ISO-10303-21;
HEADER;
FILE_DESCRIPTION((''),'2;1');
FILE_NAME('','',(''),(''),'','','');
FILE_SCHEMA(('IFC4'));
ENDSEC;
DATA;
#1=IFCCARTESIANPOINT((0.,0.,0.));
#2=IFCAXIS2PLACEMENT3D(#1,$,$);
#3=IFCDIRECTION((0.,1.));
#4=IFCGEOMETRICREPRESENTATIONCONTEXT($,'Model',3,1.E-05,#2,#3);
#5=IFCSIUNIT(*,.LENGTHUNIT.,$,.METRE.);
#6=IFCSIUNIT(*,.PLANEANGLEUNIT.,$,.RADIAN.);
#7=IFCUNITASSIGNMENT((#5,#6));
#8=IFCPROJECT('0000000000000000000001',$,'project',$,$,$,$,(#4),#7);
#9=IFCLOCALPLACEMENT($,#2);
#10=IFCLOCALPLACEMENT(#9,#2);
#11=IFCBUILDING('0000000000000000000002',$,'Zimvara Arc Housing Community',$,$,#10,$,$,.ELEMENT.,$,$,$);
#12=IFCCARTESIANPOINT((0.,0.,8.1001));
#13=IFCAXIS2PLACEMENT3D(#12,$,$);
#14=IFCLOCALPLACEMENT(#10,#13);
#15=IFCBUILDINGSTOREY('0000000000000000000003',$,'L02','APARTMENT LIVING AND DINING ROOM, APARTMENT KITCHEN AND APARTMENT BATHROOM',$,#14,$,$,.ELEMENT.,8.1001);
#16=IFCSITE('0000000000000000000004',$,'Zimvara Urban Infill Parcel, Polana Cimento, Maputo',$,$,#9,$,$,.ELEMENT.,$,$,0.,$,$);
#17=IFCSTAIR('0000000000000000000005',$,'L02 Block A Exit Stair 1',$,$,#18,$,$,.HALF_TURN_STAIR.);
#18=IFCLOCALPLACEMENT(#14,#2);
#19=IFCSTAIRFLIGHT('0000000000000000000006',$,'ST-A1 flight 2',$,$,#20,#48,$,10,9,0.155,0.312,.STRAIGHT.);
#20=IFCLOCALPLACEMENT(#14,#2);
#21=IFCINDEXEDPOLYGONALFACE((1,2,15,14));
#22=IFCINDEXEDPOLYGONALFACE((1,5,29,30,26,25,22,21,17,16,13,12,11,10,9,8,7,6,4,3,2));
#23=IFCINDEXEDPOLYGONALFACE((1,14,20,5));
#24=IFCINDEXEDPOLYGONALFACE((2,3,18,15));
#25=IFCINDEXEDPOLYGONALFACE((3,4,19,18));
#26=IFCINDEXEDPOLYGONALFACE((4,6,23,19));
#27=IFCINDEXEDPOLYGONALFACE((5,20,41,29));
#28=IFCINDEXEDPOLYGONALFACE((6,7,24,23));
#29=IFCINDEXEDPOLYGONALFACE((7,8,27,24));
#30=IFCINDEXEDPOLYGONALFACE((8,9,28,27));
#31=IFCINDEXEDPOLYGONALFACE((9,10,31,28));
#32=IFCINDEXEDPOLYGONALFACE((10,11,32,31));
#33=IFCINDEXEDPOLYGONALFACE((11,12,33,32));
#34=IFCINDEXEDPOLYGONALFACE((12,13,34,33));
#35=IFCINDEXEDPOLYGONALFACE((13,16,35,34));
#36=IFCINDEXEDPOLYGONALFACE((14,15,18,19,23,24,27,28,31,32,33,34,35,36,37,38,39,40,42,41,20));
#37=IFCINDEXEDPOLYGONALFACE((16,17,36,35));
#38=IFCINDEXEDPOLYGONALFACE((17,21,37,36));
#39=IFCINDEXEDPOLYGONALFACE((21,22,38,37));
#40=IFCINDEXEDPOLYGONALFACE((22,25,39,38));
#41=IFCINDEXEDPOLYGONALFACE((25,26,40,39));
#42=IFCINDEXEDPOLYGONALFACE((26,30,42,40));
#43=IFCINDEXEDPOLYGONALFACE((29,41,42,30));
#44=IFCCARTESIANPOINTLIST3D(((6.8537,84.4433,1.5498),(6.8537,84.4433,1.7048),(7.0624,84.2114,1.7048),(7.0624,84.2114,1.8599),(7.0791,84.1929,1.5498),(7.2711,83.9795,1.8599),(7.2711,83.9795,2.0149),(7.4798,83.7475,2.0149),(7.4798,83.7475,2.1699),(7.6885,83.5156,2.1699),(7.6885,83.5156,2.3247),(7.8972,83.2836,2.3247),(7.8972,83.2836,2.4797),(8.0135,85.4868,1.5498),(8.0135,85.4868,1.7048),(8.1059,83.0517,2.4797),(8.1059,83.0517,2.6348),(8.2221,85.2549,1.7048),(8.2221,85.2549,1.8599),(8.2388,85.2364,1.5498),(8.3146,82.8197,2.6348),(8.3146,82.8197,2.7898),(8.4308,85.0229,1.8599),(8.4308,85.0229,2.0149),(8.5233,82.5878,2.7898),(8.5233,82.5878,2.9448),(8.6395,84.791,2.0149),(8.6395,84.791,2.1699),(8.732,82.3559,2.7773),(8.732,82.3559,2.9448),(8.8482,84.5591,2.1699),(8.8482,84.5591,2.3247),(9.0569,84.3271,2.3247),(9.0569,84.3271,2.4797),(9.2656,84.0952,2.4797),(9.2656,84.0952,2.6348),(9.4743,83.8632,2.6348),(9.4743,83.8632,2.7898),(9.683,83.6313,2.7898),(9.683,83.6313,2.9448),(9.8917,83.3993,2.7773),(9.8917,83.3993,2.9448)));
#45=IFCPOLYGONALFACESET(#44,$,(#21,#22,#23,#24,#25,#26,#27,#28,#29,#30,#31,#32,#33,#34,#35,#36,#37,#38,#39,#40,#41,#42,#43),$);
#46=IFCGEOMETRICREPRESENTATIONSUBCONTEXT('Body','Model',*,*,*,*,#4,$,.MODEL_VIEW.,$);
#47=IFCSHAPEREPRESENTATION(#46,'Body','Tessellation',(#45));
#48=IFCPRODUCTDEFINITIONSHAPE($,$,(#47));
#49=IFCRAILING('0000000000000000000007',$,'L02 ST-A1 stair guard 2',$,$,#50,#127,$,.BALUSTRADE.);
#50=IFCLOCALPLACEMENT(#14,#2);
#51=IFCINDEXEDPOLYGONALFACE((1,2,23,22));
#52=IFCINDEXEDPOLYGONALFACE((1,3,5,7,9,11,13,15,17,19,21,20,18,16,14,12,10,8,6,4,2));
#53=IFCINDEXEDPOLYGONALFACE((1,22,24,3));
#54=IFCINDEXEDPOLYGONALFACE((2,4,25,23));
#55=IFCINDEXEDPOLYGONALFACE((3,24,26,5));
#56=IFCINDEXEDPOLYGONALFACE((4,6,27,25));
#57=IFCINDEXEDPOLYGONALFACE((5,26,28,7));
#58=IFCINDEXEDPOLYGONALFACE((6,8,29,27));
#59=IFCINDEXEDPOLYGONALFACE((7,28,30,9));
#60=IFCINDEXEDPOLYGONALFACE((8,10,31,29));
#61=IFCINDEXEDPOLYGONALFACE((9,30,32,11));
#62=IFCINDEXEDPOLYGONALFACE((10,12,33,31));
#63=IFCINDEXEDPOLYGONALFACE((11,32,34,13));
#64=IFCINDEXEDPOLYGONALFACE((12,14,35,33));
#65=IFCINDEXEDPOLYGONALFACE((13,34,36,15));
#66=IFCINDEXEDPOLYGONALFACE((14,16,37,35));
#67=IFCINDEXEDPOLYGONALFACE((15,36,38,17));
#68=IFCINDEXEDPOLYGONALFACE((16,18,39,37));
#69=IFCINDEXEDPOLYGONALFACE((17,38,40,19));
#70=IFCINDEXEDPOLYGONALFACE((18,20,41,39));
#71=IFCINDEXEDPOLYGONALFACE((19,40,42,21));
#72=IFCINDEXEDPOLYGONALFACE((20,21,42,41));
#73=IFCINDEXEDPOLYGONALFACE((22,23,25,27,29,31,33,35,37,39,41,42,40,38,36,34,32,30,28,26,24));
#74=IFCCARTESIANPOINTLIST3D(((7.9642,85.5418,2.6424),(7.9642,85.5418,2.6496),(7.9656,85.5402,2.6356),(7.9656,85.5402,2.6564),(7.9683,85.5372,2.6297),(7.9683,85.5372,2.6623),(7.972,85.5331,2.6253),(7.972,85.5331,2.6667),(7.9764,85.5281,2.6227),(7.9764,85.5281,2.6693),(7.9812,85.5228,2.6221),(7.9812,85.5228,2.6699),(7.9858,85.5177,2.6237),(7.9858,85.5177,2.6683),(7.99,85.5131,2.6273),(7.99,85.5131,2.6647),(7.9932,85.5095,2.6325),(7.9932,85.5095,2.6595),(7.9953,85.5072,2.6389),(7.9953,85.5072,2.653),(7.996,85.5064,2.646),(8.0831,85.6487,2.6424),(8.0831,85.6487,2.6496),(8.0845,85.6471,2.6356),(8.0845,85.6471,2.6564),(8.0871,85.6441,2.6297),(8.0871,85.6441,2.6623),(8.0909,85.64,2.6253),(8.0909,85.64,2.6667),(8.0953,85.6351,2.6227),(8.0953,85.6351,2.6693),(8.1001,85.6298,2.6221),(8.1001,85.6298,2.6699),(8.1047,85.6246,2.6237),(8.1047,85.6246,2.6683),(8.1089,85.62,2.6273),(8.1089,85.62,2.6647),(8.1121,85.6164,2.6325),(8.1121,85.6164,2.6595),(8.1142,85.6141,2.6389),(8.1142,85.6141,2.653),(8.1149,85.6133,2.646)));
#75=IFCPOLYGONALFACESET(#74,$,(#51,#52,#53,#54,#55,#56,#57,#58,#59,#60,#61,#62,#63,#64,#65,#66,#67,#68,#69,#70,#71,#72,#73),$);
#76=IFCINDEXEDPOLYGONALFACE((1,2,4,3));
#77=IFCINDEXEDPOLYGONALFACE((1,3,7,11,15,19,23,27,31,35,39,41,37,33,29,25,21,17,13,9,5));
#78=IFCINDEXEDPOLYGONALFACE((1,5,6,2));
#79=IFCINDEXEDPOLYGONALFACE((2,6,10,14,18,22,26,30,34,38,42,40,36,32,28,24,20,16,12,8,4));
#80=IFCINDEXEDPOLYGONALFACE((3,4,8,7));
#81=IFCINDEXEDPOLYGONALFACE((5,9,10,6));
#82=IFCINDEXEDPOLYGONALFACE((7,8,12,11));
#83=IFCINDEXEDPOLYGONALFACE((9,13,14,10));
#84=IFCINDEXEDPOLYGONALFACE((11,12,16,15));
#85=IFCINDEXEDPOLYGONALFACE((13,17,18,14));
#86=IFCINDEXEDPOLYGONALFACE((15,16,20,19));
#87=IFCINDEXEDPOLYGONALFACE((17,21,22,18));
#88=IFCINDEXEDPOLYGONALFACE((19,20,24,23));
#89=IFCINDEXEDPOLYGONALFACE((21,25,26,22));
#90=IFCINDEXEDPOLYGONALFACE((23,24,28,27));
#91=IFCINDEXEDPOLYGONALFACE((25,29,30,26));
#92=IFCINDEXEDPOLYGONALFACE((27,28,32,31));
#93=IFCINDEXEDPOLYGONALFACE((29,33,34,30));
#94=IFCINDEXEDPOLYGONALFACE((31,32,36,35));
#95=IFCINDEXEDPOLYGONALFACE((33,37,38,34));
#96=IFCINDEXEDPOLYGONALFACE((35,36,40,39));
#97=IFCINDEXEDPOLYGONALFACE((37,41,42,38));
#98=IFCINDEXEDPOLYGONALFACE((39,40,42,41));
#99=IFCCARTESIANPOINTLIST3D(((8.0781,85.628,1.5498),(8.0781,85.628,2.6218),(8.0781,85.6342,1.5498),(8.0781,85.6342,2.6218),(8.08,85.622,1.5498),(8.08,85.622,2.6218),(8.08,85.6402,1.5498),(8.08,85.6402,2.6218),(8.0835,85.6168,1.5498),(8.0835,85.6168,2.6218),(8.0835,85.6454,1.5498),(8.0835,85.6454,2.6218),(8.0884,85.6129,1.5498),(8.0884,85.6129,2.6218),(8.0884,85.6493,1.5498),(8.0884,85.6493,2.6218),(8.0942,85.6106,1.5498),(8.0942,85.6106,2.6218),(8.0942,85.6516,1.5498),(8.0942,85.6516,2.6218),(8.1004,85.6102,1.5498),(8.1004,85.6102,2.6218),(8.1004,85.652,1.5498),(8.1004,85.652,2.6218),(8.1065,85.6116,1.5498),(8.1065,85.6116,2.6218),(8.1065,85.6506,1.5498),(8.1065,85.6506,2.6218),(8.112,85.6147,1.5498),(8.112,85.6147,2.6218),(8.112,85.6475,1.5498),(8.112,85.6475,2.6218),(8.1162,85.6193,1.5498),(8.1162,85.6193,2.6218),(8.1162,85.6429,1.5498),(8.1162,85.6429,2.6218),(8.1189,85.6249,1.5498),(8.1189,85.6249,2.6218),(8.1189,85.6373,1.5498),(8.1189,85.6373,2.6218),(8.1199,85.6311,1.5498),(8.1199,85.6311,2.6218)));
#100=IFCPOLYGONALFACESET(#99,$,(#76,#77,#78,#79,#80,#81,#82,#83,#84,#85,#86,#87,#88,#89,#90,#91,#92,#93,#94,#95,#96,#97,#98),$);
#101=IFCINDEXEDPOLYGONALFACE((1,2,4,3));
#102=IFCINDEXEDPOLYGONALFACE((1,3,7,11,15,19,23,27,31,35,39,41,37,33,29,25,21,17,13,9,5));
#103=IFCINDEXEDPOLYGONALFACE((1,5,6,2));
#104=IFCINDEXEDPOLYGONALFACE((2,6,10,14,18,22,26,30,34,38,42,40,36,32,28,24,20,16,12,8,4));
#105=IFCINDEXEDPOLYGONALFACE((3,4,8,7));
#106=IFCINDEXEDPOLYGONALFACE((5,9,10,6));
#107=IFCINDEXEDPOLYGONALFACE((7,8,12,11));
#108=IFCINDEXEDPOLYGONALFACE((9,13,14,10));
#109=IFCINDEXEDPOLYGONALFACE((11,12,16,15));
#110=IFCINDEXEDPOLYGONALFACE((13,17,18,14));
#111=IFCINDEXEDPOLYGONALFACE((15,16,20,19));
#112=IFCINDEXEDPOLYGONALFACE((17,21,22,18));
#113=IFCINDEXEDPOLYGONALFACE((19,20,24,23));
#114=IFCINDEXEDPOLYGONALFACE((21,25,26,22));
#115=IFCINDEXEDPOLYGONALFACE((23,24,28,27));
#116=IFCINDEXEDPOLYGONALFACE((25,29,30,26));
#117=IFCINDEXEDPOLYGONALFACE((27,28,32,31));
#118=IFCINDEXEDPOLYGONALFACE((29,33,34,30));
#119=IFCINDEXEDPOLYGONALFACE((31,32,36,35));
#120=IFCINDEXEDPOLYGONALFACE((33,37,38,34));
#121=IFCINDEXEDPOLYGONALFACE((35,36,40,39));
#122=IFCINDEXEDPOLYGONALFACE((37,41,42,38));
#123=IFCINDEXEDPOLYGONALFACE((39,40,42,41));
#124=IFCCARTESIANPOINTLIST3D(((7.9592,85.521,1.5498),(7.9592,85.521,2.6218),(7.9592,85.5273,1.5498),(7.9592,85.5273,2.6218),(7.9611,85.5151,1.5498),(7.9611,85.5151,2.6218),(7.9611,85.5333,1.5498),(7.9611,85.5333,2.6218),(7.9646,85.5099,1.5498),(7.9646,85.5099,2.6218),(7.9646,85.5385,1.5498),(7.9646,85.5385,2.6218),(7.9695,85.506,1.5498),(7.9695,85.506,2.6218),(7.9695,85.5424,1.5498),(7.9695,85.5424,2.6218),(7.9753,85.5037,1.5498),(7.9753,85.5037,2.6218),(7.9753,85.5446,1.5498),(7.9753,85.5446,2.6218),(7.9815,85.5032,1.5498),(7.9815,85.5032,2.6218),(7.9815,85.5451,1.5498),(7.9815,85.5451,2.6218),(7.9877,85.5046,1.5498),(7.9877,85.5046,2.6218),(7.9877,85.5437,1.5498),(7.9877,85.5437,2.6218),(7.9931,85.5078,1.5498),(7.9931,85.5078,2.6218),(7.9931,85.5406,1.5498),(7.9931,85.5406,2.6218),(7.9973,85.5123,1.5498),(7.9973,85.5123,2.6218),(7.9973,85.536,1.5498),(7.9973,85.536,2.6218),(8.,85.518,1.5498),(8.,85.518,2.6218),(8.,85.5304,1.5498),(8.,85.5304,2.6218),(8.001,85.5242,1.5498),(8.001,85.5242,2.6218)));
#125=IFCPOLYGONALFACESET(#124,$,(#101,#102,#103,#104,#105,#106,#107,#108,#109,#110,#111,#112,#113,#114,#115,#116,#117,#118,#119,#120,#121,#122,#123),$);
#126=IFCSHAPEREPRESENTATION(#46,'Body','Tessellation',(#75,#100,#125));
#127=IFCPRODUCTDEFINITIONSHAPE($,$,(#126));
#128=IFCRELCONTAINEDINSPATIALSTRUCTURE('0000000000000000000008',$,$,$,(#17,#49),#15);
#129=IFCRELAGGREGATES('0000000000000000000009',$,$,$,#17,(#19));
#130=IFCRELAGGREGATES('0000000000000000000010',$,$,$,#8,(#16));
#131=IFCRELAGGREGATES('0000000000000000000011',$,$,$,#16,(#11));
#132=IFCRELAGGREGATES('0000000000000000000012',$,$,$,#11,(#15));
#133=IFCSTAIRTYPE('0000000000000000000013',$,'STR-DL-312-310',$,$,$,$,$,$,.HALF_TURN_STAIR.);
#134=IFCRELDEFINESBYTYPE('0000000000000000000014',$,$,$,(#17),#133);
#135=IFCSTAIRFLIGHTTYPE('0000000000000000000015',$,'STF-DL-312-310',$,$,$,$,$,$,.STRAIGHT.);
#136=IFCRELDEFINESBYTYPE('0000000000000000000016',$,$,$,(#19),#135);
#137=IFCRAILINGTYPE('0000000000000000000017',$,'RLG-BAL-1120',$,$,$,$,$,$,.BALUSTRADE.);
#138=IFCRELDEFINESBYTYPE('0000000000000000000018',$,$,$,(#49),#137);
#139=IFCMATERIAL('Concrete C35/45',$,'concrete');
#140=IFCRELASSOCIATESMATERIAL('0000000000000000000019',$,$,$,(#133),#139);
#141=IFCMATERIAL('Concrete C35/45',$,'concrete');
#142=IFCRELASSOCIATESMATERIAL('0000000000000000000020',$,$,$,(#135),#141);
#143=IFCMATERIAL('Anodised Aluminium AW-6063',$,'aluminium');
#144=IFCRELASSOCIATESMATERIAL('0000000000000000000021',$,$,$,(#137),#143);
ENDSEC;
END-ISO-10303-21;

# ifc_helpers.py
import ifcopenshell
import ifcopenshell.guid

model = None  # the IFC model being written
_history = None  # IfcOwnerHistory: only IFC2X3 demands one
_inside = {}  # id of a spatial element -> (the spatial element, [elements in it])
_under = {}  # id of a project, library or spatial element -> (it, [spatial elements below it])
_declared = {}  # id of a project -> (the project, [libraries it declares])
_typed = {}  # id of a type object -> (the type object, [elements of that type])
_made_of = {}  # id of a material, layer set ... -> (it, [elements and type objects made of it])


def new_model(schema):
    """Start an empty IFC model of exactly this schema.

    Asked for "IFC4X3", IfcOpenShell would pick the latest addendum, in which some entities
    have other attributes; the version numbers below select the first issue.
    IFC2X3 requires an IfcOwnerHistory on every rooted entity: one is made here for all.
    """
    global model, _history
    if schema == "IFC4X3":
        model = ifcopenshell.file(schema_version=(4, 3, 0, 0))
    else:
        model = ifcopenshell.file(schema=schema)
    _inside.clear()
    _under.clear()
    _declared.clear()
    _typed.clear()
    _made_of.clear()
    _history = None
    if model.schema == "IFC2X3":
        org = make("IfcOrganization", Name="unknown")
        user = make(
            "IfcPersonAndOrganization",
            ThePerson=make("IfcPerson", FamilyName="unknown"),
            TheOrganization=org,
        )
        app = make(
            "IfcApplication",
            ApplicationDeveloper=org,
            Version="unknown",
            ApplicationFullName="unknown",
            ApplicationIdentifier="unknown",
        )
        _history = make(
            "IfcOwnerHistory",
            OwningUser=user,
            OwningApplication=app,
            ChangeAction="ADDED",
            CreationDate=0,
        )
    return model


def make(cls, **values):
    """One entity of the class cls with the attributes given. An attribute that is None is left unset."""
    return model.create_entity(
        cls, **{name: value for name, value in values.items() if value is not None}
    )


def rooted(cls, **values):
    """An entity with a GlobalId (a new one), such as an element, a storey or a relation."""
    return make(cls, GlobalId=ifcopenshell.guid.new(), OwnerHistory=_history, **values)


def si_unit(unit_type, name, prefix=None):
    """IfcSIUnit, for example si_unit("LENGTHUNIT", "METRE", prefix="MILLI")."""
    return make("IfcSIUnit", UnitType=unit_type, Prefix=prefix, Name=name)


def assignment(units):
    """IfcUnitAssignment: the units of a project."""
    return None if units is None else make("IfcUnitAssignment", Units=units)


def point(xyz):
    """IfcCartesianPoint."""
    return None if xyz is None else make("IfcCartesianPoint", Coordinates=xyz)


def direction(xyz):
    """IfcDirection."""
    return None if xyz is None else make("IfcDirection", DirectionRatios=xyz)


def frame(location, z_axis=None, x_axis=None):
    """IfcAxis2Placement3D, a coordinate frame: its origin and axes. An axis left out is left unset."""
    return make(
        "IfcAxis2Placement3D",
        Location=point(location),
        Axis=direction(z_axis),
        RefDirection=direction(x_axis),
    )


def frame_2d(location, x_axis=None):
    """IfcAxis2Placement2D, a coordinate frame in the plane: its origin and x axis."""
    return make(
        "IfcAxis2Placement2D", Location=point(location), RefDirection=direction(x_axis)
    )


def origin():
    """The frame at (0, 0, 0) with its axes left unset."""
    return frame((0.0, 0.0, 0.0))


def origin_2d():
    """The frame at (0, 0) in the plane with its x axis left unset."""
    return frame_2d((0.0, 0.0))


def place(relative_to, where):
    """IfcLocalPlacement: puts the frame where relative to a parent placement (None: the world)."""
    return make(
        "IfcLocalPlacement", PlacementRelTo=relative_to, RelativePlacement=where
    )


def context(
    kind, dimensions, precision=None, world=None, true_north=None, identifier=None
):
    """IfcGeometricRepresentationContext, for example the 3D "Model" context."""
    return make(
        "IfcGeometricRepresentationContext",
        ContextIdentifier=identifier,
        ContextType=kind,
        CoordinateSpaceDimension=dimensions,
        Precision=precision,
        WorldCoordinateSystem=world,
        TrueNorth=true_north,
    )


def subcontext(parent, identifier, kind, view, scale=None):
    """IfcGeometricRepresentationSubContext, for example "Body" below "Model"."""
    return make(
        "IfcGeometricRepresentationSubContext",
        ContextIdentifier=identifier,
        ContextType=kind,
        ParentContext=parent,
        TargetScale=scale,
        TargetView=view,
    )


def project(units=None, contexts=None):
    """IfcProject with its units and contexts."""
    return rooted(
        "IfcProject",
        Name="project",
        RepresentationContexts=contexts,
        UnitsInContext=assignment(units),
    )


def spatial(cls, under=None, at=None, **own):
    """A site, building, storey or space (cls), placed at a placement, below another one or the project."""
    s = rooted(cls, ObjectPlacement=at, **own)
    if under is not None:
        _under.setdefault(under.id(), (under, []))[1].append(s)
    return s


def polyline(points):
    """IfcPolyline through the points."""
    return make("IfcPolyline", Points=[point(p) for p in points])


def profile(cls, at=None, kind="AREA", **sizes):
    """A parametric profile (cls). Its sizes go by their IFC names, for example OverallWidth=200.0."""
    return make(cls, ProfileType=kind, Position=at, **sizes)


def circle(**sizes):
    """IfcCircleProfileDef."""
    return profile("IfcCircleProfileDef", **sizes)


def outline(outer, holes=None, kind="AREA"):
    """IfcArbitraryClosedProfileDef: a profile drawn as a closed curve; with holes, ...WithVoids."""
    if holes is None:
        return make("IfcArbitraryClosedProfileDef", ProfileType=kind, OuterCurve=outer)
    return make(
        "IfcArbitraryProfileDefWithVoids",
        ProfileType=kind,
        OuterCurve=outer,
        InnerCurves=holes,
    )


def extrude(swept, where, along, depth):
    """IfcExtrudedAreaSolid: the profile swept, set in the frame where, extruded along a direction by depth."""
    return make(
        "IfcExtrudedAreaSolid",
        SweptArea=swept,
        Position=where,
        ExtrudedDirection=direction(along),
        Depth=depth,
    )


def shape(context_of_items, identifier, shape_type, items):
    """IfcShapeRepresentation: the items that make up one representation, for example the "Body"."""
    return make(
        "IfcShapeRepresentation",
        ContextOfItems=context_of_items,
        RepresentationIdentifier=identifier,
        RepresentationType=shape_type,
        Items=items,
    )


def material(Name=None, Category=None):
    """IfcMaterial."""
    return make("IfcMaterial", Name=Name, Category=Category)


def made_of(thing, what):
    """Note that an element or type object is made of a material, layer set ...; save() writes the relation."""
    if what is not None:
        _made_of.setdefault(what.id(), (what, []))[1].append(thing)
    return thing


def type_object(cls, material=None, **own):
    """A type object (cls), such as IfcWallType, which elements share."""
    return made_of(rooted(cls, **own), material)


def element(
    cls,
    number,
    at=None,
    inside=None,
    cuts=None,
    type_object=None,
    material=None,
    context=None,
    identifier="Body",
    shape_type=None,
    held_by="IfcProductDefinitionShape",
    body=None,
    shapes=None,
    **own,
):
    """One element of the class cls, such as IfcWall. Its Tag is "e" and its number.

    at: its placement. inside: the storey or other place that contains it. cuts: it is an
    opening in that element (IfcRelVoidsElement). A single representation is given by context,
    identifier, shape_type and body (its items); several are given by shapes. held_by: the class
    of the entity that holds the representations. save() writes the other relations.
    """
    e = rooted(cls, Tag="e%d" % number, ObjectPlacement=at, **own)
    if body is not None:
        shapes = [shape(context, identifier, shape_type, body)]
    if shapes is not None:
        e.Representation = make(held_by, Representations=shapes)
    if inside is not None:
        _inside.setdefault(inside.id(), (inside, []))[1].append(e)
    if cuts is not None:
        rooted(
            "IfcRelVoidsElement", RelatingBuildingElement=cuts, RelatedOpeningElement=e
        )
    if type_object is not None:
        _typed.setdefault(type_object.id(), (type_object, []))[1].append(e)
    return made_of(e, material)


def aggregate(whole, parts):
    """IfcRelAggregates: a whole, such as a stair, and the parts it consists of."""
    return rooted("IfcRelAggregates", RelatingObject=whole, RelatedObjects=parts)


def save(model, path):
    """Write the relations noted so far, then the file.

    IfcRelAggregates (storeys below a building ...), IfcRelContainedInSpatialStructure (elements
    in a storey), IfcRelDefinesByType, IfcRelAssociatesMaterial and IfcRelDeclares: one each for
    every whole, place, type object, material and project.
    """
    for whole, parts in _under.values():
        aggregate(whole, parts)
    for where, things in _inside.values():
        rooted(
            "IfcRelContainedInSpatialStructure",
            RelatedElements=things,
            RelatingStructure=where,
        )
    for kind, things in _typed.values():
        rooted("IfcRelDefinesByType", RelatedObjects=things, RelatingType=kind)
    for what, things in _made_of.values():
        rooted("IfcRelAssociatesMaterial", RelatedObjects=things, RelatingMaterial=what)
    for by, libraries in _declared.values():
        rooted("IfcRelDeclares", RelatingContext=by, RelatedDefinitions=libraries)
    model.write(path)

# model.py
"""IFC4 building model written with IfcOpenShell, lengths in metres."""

from ifc_helpers import new_model, si_unit, direction, frame, origin, origin_2d, place, context, subcontext, project, spatial, polyline, circle, outline, extrude, material, type_object, element, aggregate, save


model = new_model("IFC4")

# Units and contexts
model_context = context("Model", 3, precision=1e-05, world=origin(), true_north=direction((0.0, 1.0)))
body_context = subcontext(model_context, "Body", "Model", "MODEL_VIEW")
ifc_project = project(units=[si_unit("LENGTHUNIT", "METRE"), si_unit("PLANEANGLEUNIT", "RADIAN")], contexts=[model_context])

# Site, building, storey
site_placement = place(None, origin())
site = spatial("IfcSite", under=ifc_project, at=site_placement, Name="Zimvara Urban Infill Parcel, Polana Cimento, Maputo", CompositionType="ELEMENT", RefElevation=0.0)
building_placement = place(site_placement, origin())
building = spatial("IfcBuilding", under=site, at=building_placement, Name="Zimvara Arc Housing Community", CompositionType="ELEMENT")
storey_placement = place(building_placement, frame((0.0, 0.0, 8.1001)))
storey = spatial("IfcBuildingStorey", under=building, at=storey_placement, Name="L02", Description="APARTMENT LIVING AND DINING ROOM, APARTMENT KITCHEN AND APARTMENT BATHROOM", CompositionType="ELEMENT", Elevation=8.1001)

# Stair, stair flight
ifc_material_1 = material(Name="Concrete C35/45", Category="concrete")
stair_type = type_object("IfcStairType", Name="STR-DL-312-310", PredefinedType="HALF_TURN_STAIR", material=ifc_material_1)
stair_placement = place(storey_placement, origin())
stair = element("IfcStair", 1, at=stair_placement, inside=storey, type_object=stair_type, Name="L02 Block A Exit Stair 1", PredefinedType="HALF_TURN_STAIR")
ifc_material_2 = material(Name="Concrete C35/45", Category="concrete")
stair_flight_type = type_object("IfcStairFlightType", Name="STF-DL-312-310", PredefinedType="STRAIGHT", material=ifc_material_2)
stair_flight_placement = place(storey_placement, frame((7.4336, 84.9651, 1.5498), z_axis=(0.0, 0.0, 1.0), x_axis=(0.668871, -0.743378, 0.0)))
stair_flight = element("IfcStairFlight", 2, at=stair_flight_placement, type_object=stair_flight_type, Name="ST-A1 flight 2", NumberOfRisers=10, NumberOfTreads=9, PredefinedType="STRAIGHT", RiserHeight=0.155, TreadLength=0.312, context=body_context, shape_type="SweptSolid", body=[
    extrude(outline(polyline([(0.0, 0.0), (0.0, 0.155), (0.312, 0.155), (0.312, 0.3101), (0.624, 0.3101), (0.624, 0.4651), (0.936, 0.4651), (0.936, 0.6201), (1.248, 0.6201), (1.248, 0.7749), (1.5601, 0.7749), (1.5601, 0.9299), (1.8721, 0.9299), (1.8721, 1.085), (2.1841, 1.085), (2.1841, 1.24), (2.4961, 1.24), (2.4961, 1.395), (2.8081, 1.395), (2.8081, 1.55), (2.8081, 1.2275), (0.3369, 0.0), (0.0, 0.0)])), frame((0.0, 0.78, 0.0), z_axis=(0.0, -1.0, 0.0), x_axis=(1.0, 0.0, 0.0)), (0.0, 0.0, 1.0), 1.5601),
])
aggregate(stair, [stair_flight])

# Railing
ifc_material_3 = material(Name="Anodised Aluminium AW-6063", Category="aluminium")
railing_type_1 = type_object("IfcRailingType", Name="RLG-BAL-1120", PredefinedType="BALUSTRADE", material=ifc_material_3)
railing_1_placement = place(storey_placement, frame((8.0989, 85.6311, 1.5498)))
element("IfcRailing", 3, at=railing_1_placement, inside=storey, type_object=railing_type_1, Name="L02 ST-A1 stair guard 2", PredefinedType="BALUSTRADE", context=body_context, shape_type="SweptSolid", body=[
    extrude(circle(Radius=0.0239, at=origin_2d()), frame((0.0, 0.0, 1.0962), z_axis=(-0.743522, -0.668712, 0.0), x_axis=(0.668712, -0.743522, 0.0)), (0.0, 0.0, 1.0), 0.1599),
    extrude(circle(Radius=0.021, at=origin_2d()), origin(), (0.0, 0.0, 1.0), 1.072),
    extrude(circle(Radius=0.021, at=origin_2d()), frame((-0.1189, -0.1069, 0.0)), (0.0, 0.0, 1.0), 1.072),
])

save(model, "model.ifc")
